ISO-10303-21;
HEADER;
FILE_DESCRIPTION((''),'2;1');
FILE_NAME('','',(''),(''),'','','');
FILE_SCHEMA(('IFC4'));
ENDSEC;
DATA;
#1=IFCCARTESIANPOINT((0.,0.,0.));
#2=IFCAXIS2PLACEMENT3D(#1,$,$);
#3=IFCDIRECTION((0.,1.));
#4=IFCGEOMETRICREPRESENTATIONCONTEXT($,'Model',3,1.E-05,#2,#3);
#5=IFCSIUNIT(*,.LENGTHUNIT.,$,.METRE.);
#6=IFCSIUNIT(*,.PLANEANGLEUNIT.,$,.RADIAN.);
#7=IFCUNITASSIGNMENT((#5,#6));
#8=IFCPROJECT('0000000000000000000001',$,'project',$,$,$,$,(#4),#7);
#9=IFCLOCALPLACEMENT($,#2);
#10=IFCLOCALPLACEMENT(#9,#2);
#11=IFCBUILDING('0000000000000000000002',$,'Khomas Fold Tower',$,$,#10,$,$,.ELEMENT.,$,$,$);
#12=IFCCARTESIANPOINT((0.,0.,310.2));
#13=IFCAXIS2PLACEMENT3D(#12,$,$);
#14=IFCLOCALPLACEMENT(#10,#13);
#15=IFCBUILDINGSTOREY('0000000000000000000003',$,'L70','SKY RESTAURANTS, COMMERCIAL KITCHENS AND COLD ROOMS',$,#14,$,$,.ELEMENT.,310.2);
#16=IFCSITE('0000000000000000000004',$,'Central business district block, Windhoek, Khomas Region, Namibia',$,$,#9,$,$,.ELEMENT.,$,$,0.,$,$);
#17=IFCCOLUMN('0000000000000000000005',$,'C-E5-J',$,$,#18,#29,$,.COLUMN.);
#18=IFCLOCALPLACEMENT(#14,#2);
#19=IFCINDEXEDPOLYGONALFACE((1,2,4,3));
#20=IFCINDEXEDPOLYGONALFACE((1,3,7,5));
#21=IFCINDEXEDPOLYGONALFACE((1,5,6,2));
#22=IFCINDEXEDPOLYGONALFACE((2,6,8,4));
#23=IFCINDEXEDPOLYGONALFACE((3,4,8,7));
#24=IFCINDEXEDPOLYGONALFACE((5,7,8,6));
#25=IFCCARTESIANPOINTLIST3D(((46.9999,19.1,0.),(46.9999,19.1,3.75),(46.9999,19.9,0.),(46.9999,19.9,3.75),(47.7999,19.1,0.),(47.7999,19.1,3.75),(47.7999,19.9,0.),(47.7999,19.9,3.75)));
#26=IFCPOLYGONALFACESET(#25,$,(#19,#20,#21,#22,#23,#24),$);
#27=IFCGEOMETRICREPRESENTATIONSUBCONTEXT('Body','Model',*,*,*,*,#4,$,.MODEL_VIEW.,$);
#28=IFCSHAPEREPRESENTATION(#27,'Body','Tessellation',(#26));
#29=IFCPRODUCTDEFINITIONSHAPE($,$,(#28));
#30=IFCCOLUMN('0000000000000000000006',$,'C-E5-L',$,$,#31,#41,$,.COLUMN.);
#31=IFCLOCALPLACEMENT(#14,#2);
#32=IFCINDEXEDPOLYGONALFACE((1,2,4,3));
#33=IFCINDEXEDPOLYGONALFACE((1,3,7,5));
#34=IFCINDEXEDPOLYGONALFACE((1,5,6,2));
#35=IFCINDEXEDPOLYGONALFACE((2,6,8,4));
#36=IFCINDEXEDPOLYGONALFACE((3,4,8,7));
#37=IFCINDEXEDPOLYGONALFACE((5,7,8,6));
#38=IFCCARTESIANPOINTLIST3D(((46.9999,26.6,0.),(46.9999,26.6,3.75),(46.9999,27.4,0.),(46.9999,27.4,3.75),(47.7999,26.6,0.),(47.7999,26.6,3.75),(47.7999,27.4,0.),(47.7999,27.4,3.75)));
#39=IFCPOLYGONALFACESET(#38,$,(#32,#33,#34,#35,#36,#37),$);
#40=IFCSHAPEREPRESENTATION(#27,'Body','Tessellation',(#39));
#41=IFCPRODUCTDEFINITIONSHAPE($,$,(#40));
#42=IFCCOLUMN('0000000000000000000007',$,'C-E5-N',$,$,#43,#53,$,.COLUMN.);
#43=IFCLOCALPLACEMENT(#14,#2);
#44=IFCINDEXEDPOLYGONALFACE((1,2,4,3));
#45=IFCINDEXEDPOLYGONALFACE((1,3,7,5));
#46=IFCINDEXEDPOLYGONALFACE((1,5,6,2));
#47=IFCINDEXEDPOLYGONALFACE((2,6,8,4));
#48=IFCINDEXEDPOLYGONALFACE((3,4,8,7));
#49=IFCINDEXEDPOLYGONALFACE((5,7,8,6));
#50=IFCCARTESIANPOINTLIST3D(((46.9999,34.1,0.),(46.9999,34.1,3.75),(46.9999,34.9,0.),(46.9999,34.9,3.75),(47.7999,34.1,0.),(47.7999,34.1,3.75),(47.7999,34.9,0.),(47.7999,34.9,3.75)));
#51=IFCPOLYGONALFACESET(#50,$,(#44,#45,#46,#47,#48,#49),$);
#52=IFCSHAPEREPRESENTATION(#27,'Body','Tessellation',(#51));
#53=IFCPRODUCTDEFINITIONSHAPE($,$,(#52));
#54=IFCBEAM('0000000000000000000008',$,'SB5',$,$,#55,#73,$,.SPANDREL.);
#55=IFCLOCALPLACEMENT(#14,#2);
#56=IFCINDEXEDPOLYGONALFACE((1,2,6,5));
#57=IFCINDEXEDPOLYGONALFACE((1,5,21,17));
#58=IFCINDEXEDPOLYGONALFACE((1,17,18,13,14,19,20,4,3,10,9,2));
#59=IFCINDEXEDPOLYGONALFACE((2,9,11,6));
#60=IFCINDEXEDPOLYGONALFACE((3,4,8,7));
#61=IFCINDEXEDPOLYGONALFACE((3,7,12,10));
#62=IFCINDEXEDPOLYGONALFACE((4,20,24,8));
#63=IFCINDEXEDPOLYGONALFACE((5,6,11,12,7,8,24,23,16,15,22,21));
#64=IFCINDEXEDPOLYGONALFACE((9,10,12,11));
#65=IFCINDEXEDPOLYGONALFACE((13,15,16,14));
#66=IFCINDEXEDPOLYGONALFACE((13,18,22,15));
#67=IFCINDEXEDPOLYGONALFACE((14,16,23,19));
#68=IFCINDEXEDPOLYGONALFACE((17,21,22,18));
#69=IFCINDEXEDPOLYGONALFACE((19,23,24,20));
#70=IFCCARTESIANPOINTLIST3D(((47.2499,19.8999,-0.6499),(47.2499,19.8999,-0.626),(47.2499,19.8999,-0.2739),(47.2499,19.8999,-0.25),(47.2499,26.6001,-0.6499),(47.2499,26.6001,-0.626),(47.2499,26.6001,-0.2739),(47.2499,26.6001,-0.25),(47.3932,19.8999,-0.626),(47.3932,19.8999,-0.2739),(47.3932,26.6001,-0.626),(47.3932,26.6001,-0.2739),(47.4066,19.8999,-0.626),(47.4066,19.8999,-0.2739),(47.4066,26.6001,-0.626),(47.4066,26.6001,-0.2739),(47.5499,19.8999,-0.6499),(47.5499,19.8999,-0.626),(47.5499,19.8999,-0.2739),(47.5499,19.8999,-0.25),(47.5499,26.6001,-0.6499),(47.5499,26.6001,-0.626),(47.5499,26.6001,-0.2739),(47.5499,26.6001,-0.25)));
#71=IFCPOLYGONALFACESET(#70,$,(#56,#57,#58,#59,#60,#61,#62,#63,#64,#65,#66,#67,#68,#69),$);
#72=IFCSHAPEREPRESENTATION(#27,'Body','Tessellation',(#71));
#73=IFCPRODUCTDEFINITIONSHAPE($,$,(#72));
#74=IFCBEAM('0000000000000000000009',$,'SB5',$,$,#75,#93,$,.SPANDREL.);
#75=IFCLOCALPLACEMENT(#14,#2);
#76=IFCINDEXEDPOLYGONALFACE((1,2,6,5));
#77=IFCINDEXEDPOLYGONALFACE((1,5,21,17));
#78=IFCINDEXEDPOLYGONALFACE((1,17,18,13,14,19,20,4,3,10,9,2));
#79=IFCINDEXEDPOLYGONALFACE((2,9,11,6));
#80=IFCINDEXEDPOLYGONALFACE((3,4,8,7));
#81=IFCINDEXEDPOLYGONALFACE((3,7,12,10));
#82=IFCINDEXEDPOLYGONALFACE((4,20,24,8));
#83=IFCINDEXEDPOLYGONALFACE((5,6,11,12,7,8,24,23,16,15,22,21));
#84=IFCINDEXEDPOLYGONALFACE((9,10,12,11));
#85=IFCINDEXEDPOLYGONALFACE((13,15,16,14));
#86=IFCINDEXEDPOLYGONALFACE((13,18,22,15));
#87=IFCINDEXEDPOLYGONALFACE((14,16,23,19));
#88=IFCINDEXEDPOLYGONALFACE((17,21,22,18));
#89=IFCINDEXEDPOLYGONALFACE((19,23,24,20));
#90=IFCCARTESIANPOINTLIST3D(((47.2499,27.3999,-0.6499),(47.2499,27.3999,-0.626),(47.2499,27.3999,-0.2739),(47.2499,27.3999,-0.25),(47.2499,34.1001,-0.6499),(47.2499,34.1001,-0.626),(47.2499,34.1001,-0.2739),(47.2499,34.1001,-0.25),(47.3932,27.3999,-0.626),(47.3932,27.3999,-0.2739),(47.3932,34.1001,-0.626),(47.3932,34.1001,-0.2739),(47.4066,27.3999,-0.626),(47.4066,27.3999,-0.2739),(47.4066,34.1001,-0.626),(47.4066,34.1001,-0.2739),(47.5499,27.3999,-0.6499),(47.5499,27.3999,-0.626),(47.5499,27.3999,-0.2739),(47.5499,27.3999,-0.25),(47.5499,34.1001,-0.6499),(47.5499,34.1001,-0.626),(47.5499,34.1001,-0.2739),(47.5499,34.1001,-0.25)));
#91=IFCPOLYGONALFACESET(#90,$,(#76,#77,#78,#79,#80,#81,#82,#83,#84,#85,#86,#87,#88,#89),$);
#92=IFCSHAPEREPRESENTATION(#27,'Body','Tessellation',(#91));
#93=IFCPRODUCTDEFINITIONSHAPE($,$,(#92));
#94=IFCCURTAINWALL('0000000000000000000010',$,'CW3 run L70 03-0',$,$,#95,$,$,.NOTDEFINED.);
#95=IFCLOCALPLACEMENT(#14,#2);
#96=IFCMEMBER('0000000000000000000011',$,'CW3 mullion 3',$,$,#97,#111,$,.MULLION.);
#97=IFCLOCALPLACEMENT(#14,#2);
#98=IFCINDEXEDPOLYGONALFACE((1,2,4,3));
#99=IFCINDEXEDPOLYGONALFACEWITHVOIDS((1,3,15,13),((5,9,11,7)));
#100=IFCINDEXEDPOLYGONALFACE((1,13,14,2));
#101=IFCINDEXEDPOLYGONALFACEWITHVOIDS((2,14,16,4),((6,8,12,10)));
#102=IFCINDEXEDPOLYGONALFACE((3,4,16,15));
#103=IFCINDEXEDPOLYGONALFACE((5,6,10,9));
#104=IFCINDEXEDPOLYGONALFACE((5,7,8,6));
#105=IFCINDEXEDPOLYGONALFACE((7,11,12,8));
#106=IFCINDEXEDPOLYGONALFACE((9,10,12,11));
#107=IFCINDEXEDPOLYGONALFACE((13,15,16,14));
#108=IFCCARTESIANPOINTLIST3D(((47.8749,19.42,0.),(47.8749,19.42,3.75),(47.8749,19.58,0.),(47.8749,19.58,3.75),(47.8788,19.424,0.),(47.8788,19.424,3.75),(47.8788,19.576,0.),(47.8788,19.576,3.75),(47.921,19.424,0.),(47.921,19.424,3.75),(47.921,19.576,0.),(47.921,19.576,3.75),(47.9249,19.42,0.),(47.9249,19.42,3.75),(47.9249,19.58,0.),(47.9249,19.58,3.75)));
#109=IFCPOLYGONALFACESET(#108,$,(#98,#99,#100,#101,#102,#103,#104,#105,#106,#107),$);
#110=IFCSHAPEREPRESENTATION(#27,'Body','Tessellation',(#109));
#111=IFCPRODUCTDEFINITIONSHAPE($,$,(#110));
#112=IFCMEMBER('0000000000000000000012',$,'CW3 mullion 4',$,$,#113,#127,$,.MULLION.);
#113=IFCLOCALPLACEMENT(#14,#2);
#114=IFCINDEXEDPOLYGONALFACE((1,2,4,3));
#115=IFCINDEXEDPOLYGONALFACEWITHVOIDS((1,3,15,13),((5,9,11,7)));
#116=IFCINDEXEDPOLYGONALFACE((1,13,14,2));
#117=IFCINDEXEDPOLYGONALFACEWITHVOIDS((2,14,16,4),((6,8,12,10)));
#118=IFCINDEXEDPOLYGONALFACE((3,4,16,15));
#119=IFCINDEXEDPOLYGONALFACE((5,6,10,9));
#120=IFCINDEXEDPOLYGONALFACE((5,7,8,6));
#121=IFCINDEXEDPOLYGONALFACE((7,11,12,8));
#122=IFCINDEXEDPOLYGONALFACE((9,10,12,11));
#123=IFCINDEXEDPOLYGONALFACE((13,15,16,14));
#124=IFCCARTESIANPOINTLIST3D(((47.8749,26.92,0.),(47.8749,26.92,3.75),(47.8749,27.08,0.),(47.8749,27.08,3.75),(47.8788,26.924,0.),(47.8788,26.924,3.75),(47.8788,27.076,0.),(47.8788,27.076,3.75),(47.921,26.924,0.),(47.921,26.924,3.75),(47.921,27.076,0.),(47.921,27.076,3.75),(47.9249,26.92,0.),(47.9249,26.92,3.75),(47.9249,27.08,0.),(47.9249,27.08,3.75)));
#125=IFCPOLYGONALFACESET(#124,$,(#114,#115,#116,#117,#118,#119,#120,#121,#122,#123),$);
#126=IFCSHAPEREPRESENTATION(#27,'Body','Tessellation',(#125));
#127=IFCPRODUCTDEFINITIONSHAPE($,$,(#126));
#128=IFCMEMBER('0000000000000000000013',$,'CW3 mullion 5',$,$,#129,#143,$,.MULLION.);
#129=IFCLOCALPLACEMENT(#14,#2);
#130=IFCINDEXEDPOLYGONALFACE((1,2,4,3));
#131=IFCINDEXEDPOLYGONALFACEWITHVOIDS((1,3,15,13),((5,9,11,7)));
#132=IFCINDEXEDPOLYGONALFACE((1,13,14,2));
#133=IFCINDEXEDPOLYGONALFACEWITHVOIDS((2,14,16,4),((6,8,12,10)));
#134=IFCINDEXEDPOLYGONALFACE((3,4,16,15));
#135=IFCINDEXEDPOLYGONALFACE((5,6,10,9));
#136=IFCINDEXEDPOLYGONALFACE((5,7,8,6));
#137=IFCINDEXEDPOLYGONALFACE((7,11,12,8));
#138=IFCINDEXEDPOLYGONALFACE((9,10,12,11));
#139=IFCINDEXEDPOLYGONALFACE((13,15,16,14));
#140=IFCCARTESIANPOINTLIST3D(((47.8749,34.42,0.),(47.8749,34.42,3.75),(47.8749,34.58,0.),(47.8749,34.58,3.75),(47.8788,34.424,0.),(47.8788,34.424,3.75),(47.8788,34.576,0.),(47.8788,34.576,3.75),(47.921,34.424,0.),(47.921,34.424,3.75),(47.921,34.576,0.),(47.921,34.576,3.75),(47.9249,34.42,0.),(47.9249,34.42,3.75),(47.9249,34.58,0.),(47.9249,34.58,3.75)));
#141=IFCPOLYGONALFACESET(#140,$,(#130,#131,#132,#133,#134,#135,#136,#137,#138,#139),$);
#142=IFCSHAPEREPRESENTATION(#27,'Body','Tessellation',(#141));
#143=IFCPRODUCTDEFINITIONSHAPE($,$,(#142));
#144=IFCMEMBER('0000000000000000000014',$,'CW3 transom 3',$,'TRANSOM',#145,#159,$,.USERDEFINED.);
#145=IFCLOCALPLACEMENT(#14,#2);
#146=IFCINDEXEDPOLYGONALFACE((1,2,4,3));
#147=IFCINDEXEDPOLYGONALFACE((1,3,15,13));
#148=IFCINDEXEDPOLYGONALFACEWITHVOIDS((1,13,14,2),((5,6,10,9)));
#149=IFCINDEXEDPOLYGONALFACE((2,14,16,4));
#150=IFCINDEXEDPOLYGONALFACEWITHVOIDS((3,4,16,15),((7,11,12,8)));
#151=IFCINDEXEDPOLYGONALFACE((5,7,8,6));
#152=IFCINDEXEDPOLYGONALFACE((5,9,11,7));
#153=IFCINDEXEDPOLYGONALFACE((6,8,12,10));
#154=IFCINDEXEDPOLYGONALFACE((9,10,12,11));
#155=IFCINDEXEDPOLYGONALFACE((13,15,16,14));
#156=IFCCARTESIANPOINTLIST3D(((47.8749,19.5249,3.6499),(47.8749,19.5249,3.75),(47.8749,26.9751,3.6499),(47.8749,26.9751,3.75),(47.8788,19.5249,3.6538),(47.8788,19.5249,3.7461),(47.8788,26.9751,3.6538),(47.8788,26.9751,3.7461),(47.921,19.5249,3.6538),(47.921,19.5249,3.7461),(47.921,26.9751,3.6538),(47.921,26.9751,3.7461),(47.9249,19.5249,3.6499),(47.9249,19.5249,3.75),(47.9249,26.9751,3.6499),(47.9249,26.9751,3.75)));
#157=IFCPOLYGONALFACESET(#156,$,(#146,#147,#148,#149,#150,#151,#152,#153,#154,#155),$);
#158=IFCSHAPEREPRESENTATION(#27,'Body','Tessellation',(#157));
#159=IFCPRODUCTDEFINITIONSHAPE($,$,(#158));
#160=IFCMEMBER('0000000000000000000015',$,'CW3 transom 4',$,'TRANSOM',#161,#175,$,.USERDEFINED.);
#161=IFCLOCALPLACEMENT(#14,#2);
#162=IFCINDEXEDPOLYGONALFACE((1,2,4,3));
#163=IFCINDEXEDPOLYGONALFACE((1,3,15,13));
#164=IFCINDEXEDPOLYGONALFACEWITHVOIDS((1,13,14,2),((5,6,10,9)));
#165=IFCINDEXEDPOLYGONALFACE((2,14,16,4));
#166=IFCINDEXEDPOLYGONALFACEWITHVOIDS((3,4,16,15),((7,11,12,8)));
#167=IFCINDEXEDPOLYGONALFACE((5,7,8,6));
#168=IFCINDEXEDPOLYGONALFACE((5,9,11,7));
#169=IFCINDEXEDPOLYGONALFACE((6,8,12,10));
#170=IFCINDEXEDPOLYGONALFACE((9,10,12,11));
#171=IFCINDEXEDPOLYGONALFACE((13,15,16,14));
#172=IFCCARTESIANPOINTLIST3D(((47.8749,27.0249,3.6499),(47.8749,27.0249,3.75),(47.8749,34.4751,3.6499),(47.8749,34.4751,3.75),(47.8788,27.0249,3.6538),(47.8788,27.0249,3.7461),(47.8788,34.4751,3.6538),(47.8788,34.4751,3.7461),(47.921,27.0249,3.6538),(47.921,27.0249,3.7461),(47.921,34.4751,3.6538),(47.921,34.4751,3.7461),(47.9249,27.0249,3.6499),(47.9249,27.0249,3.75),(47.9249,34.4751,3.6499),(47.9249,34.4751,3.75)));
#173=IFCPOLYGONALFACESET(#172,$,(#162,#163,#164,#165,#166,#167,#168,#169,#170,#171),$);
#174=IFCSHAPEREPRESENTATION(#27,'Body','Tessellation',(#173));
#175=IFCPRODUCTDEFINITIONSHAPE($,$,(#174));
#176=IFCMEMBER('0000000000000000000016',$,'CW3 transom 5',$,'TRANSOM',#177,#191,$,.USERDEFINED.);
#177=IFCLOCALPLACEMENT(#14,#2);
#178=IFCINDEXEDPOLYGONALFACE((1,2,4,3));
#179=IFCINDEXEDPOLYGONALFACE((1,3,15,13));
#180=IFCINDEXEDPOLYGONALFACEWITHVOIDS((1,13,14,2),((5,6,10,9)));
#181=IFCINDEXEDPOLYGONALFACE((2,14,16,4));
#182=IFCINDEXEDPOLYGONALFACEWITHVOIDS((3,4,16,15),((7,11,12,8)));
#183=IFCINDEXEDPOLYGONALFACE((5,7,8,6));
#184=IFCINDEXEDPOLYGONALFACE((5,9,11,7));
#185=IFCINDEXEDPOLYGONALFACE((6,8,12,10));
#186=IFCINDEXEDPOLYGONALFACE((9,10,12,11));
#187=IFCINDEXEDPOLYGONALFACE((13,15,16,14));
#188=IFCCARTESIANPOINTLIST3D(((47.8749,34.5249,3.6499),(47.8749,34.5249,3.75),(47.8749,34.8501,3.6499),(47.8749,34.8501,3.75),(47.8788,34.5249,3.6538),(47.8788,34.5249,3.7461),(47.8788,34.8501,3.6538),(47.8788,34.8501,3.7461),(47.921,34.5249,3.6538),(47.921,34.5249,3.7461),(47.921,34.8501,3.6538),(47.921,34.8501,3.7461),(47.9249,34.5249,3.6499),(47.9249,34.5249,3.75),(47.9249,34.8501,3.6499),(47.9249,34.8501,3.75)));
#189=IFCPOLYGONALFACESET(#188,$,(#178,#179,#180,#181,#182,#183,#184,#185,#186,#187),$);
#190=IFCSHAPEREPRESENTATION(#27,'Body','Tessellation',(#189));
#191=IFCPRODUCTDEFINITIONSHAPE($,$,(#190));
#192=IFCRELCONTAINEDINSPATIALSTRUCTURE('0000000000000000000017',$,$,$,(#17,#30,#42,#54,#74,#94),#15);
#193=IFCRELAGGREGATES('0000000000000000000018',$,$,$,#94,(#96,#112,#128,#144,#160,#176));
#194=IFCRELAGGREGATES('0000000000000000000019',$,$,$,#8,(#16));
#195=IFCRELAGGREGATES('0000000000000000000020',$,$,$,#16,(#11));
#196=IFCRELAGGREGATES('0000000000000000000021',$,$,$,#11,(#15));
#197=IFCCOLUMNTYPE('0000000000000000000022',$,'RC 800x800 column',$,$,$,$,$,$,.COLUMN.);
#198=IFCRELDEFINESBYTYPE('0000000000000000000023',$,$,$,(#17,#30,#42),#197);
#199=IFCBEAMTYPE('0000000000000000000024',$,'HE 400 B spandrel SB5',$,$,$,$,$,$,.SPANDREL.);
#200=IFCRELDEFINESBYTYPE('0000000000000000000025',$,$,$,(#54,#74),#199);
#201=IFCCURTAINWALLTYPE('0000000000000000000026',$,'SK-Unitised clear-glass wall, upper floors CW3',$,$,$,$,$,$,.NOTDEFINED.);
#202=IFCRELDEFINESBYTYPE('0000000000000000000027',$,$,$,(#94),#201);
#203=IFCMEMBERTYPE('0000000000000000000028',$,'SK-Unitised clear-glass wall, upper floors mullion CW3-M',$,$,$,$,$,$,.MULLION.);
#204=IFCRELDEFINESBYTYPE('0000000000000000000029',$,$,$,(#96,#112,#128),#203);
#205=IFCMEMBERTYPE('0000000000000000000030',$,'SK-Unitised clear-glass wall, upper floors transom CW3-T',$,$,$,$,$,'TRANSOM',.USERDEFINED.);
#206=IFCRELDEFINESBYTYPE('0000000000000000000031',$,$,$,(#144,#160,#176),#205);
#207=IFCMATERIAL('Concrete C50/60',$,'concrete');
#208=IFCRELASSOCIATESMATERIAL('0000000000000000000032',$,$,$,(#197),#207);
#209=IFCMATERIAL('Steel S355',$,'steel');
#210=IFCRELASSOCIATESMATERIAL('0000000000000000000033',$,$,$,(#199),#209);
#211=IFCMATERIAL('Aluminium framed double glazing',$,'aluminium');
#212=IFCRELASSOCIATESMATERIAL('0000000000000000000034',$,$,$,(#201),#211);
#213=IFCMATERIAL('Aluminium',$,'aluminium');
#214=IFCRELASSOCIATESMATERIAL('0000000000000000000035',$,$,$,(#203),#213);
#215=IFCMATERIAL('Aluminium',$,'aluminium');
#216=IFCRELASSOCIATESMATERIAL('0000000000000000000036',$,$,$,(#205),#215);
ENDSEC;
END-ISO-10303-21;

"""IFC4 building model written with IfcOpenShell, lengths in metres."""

from ifc_helpers import new_model, si_unit, direction, frame, origin, origin_2d, place, context, subcontext, project, spatial, rectangle, hollow_rectangle, i_section, extrude, source, transform, mapped, material, material_profile, profile_set, type_object, element, aggregate, save


model = new_model("IFC4")

# Units and contexts
model_context = context("Model", 3, precision=1e-05, world=origin(), true_north=direction((0.0, 1.0)))
body_context = subcontext(model_context, "Body", "Model", "MODEL_VIEW")
ifc_project = project(units=[si_unit("LENGTHUNIT", "METRE"), si_unit("PLANEANGLEUNIT", "RADIAN")], contexts=[model_context])

# Site, building, storey
site_placement = place(None, origin())
site = spatial("IfcSite", under=ifc_project, at=site_placement, Name="Central business district block, Windhoek, Khomas Region, Namibia", CompositionType="ELEMENT", RefElevation=0.0)
building_placement = place(site_placement, origin())
building = spatial("IfcBuilding", under=site, at=building_placement, Name="Khomas Fold Tower", CompositionType="ELEMENT")
storey_placement = place(building_placement, frame((0.0, 0.0, 310.2)))
storey = spatial("IfcBuildingStorey", under=building, at=storey_placement, Name="L70", Description="SKY RESTAURANTS, COMMERCIAL KITCHENS AND COLD ROOMS", CompositionType="ELEMENT", Elevation=310.2)

# Columns
ifc_material_1 = material(Name="Concrete C50/60", Category="concrete")
ifc_material_profile_1 = material_profile(ifc_material_1, rectangle(XDim=0.8, YDim=0.8, at=origin_2d()), Name="RC 800x800")
ifc_profile_set_1 = profile_set([ifc_material_profile_1], Name="Concrete C50/60")
column_type = type_object("IfcColumnType", Name="RC 800x800 column", PredefinedType="COLUMN", material=ifc_profile_set_1)
shared_shape_1 = source(origin(), body_context, "Body", "SweptSolid", [
    extrude(rectangle(XDim=0.8, YDim=0.8, at=origin_2d()), origin(), (0.0, 0.0, 1.0), 3.75),
])
for number, where, z_axis, x_axis, name in (
    (1, (47.3999, 19.5, 0.0), (0.0, 0.0, 1.0), (1.0, 0.0, 0.0), "C-E5-J"),
    (2, (47.3999, 27.0, 0.0), (0.0, 0.0, 1.0), (1.0, 0.0, 0.0), "C-E5-L"),
    (3, (47.3999, 34.5, 0.0), (0.0, 0.0, 1.0), (1.0, 0.0, 0.0), "C-E5-N"),
):
    element("IfcColumn", number, at=place(storey_placement, frame(where, z_axis=z_axis, x_axis=x_axis)), inside=storey, type_object=column_type, Name=name, PredefinedType="COLUMN", context=body_context, shape_type="MappedRepresentation", body=[
        mapped(shared_shape_1, transform((0.0, 0.0, 0.0))),
    ])

# Beams
ifc_material_2 = material(Name="Steel S355", Category="steel")
ifc_material_profile_2 = material_profile(ifc_material_2, i_section(OverallWidth=0.3, OverallDepth=0.3999, WebThickness=0.0134, FlangeThickness=0.0239, at=origin_2d()), Name="HE 400 B")
ifc_profile_set_2 = profile_set([ifc_material_profile_2], Name="Steel S355")
beam_type = type_object("IfcBeamType", Name="HE 400 B spandrel SB5", PredefinedType="SPANDREL", material=ifc_profile_set_2)
shared_shape_2 = source(origin(), body_context, "Body", "SweptSolid", [
    extrude(i_section(OverallWidth=0.3, OverallDepth=0.3999, WebThickness=0.0134, FlangeThickness=0.0239, at=origin_2d()), origin(), (0.0, 0.0, 1.0), 6.7002),
])
for number, where, z_axis, x_axis, name in (
    (4, (47.3999, 19.8999, -0.45), (0.0, 1.0, 0.0), (-1.0, 0.0, 0.0), "SB5"),
    (5, (47.3999, 27.3999, -0.45), (0.0, 1.0, 0.0), (-1.0, 0.0, 0.0), "SB5"),
):
    element("IfcBeam", number, at=place(storey_placement, frame(where, z_axis=z_axis, x_axis=x_axis)), inside=storey, type_object=beam_type, Name=name, PredefinedType="SPANDREL", context=body_context, shape_type="MappedRepresentation", body=[
        mapped(shared_shape_2, transform((0.0, 0.0, 0.0))),
    ])

# Curtain wall, members
ifc_material_3 = material(Name="Aluminium framed double glazing", Category="aluminium")
curtain_wall_type = type_object("IfcCurtainWallType", Name="SK-Unitised clear-glass wall, upper floors CW3", PredefinedType="NOTDEFINED", material=ifc_material_3)
curtain_wall_placement = place(storey_placement, origin())
curtain_wall = element("IfcCurtainWall", 6, at=curtain_wall_placement, inside=storey, type_object=curtain_wall_type, Name="CW3 run L70 03-0", PredefinedType="NOTDEFINED")
ifc_material_4 = material(Name="Aluminium", Category="aluminium")
ifc_material_profile_3 = material_profile(ifc_material_4, hollow_rectangle(XDim=0.05, YDim=0.1599, WallThickness=0.0039, at=origin_2d()), Name="SK-Unitised clear-glass wall, upper floors mullion CW3-M")
ifc_profile_set_3 = profile_set([ifc_material_profile_3], Name="Aluminium")
member_type_1 = type_object("IfcMemberType", Name="SK-Unitised clear-glass wall, upper floors mullion CW3-M", PredefinedType="MULLION", material=ifc_profile_set_3)
shared_shape_3 = source(origin(), body_context, "Body", "SweptSolid", [
    extrude(hollow_rectangle(XDim=0.05, YDim=0.1599, WallThickness=0.0039, at=origin_2d()), origin(), (0.0, 0.0, 1.0), 3.75),
])
member_1_placement = place(storey_placement, frame((47.8999, 19.5, 0.0), z_axis=(0.0, 0.0, 1.0), x_axis=(-1.0, 0.0, 0.0)))
member_1 = element("IfcMember", 7, at=member_1_placement, type_object=member_type_1, Name="CW3 mullion 3", PredefinedType="MULLION", context=body_context, shape_type="MappedRepresentation", body=[
    mapped(shared_shape_3, transform((0.0, 0.0, 0.0))),
])
member_2_placement = place(storey_placement, frame((47.8999, 27.0, 0.0), z_axis=(0.0, 0.0, 1.0), x_axis=(-1.0, 0.0, 0.0)))
member_2 = element("IfcMember", 8, at=member_2_placement, type_object=member_type_1, Name="CW3 mullion 4", PredefinedType="MULLION", context=body_context, shape_type="MappedRepresentation", body=[
    mapped(shared_shape_3, transform((0.0, 0.0, 0.0))),
])
member_3_placement = place(storey_placement, frame((47.8999, 34.5, 0.0), z_axis=(0.0, 0.0, 1.0), x_axis=(-1.0, 0.0, 0.0)))
member_3 = element("IfcMember", 9, at=member_3_placement, type_object=member_type_1, Name="CW3 mullion 5", PredefinedType="MULLION", context=body_context, shape_type="MappedRepresentation", body=[
    mapped(shared_shape_3, transform((0.0, 0.0, 0.0))),
])
ifc_material_5 = material(Name="Aluminium", Category="aluminium")
ifc_material_profile_4 = material_profile(ifc_material_5, hollow_rectangle(XDim=0.05, YDim=0.1001, WallThickness=0.0039, at=origin_2d()), Name="SK-Unitised clear-glass wall, upper floors transom CW3-T")
ifc_profile_set_4 = profile_set([ifc_material_profile_4], Name="Aluminium")
member_type_2 = type_object("IfcMemberType", Name="SK-Unitised clear-glass wall, upper floors transom CW3-T", ElementType="TRANSOM", PredefinedType="USERDEFINED", material=ifc_profile_set_4)
shared_shape_4 = source(origin(), body_context, "Body", "SweptSolid", [
    extrude(hollow_rectangle(XDim=0.05, YDim=0.1001, WallThickness=0.0039, at=origin_2d()), origin(), (0.0, 0.0, 1.0), 7.4502),
])
member_4_placement = place(storey_placement, frame((47.8999, 19.5249, 3.7), z_axis=(0.0, 1.0, 0.0), x_axis=(-1.0, 0.0, 0.0)))
member_4 = element("IfcMember", 10, at=member_4_placement, type_object=member_type_2, Name="CW3 transom 3", ObjectType="TRANSOM", PredefinedType="USERDEFINED", context=body_context, shape_type="MappedRepresentation", body=[
    mapped(shared_shape_4, transform((0.0, 0.0, 0.0))),
])
member_5_placement = place(storey_placement, frame((47.8999, 27.0249, 3.7), z_axis=(0.0, 1.0, 0.0), x_axis=(-1.0, 0.0, 0.0)))
member_5 = element("IfcMember", 11, at=member_5_placement, type_object=member_type_2, Name="CW3 transom 4", ObjectType="TRANSOM", PredefinedType="USERDEFINED", context=body_context, shape_type="MappedRepresentation", body=[
    mapped(shared_shape_4, transform((0.0, 0.0, 0.0))),
])
shared_shape_5 = source(origin(), body_context, "Body", "SweptSolid", [
    extrude(hollow_rectangle(XDim=0.05, YDim=0.1001, WallThickness=0.0039, at=origin_2d()), origin(), (0.0, 0.0, 1.0), 0.3252),
])
member_6_placement = place(storey_placement, frame((47.8999, 34.5249, 3.7), z_axis=(0.0, 1.0, 0.0), x_axis=(-1.0, 0.0, 0.0)))
member_6 = element("IfcMember", 12, at=member_6_placement, type_object=member_type_2, Name="CW3 transom 5", ObjectType="TRANSOM", PredefinedType="USERDEFINED", context=body_context, shape_type="MappedRepresentation", body=[
    mapped(shared_shape_5, transform((0.0, 0.0, 0.0))),
])
aggregate(curtain_wall, [member_1, member_2, member_3, member_4, member_5, member_6])

save(model, "model.ifc")
